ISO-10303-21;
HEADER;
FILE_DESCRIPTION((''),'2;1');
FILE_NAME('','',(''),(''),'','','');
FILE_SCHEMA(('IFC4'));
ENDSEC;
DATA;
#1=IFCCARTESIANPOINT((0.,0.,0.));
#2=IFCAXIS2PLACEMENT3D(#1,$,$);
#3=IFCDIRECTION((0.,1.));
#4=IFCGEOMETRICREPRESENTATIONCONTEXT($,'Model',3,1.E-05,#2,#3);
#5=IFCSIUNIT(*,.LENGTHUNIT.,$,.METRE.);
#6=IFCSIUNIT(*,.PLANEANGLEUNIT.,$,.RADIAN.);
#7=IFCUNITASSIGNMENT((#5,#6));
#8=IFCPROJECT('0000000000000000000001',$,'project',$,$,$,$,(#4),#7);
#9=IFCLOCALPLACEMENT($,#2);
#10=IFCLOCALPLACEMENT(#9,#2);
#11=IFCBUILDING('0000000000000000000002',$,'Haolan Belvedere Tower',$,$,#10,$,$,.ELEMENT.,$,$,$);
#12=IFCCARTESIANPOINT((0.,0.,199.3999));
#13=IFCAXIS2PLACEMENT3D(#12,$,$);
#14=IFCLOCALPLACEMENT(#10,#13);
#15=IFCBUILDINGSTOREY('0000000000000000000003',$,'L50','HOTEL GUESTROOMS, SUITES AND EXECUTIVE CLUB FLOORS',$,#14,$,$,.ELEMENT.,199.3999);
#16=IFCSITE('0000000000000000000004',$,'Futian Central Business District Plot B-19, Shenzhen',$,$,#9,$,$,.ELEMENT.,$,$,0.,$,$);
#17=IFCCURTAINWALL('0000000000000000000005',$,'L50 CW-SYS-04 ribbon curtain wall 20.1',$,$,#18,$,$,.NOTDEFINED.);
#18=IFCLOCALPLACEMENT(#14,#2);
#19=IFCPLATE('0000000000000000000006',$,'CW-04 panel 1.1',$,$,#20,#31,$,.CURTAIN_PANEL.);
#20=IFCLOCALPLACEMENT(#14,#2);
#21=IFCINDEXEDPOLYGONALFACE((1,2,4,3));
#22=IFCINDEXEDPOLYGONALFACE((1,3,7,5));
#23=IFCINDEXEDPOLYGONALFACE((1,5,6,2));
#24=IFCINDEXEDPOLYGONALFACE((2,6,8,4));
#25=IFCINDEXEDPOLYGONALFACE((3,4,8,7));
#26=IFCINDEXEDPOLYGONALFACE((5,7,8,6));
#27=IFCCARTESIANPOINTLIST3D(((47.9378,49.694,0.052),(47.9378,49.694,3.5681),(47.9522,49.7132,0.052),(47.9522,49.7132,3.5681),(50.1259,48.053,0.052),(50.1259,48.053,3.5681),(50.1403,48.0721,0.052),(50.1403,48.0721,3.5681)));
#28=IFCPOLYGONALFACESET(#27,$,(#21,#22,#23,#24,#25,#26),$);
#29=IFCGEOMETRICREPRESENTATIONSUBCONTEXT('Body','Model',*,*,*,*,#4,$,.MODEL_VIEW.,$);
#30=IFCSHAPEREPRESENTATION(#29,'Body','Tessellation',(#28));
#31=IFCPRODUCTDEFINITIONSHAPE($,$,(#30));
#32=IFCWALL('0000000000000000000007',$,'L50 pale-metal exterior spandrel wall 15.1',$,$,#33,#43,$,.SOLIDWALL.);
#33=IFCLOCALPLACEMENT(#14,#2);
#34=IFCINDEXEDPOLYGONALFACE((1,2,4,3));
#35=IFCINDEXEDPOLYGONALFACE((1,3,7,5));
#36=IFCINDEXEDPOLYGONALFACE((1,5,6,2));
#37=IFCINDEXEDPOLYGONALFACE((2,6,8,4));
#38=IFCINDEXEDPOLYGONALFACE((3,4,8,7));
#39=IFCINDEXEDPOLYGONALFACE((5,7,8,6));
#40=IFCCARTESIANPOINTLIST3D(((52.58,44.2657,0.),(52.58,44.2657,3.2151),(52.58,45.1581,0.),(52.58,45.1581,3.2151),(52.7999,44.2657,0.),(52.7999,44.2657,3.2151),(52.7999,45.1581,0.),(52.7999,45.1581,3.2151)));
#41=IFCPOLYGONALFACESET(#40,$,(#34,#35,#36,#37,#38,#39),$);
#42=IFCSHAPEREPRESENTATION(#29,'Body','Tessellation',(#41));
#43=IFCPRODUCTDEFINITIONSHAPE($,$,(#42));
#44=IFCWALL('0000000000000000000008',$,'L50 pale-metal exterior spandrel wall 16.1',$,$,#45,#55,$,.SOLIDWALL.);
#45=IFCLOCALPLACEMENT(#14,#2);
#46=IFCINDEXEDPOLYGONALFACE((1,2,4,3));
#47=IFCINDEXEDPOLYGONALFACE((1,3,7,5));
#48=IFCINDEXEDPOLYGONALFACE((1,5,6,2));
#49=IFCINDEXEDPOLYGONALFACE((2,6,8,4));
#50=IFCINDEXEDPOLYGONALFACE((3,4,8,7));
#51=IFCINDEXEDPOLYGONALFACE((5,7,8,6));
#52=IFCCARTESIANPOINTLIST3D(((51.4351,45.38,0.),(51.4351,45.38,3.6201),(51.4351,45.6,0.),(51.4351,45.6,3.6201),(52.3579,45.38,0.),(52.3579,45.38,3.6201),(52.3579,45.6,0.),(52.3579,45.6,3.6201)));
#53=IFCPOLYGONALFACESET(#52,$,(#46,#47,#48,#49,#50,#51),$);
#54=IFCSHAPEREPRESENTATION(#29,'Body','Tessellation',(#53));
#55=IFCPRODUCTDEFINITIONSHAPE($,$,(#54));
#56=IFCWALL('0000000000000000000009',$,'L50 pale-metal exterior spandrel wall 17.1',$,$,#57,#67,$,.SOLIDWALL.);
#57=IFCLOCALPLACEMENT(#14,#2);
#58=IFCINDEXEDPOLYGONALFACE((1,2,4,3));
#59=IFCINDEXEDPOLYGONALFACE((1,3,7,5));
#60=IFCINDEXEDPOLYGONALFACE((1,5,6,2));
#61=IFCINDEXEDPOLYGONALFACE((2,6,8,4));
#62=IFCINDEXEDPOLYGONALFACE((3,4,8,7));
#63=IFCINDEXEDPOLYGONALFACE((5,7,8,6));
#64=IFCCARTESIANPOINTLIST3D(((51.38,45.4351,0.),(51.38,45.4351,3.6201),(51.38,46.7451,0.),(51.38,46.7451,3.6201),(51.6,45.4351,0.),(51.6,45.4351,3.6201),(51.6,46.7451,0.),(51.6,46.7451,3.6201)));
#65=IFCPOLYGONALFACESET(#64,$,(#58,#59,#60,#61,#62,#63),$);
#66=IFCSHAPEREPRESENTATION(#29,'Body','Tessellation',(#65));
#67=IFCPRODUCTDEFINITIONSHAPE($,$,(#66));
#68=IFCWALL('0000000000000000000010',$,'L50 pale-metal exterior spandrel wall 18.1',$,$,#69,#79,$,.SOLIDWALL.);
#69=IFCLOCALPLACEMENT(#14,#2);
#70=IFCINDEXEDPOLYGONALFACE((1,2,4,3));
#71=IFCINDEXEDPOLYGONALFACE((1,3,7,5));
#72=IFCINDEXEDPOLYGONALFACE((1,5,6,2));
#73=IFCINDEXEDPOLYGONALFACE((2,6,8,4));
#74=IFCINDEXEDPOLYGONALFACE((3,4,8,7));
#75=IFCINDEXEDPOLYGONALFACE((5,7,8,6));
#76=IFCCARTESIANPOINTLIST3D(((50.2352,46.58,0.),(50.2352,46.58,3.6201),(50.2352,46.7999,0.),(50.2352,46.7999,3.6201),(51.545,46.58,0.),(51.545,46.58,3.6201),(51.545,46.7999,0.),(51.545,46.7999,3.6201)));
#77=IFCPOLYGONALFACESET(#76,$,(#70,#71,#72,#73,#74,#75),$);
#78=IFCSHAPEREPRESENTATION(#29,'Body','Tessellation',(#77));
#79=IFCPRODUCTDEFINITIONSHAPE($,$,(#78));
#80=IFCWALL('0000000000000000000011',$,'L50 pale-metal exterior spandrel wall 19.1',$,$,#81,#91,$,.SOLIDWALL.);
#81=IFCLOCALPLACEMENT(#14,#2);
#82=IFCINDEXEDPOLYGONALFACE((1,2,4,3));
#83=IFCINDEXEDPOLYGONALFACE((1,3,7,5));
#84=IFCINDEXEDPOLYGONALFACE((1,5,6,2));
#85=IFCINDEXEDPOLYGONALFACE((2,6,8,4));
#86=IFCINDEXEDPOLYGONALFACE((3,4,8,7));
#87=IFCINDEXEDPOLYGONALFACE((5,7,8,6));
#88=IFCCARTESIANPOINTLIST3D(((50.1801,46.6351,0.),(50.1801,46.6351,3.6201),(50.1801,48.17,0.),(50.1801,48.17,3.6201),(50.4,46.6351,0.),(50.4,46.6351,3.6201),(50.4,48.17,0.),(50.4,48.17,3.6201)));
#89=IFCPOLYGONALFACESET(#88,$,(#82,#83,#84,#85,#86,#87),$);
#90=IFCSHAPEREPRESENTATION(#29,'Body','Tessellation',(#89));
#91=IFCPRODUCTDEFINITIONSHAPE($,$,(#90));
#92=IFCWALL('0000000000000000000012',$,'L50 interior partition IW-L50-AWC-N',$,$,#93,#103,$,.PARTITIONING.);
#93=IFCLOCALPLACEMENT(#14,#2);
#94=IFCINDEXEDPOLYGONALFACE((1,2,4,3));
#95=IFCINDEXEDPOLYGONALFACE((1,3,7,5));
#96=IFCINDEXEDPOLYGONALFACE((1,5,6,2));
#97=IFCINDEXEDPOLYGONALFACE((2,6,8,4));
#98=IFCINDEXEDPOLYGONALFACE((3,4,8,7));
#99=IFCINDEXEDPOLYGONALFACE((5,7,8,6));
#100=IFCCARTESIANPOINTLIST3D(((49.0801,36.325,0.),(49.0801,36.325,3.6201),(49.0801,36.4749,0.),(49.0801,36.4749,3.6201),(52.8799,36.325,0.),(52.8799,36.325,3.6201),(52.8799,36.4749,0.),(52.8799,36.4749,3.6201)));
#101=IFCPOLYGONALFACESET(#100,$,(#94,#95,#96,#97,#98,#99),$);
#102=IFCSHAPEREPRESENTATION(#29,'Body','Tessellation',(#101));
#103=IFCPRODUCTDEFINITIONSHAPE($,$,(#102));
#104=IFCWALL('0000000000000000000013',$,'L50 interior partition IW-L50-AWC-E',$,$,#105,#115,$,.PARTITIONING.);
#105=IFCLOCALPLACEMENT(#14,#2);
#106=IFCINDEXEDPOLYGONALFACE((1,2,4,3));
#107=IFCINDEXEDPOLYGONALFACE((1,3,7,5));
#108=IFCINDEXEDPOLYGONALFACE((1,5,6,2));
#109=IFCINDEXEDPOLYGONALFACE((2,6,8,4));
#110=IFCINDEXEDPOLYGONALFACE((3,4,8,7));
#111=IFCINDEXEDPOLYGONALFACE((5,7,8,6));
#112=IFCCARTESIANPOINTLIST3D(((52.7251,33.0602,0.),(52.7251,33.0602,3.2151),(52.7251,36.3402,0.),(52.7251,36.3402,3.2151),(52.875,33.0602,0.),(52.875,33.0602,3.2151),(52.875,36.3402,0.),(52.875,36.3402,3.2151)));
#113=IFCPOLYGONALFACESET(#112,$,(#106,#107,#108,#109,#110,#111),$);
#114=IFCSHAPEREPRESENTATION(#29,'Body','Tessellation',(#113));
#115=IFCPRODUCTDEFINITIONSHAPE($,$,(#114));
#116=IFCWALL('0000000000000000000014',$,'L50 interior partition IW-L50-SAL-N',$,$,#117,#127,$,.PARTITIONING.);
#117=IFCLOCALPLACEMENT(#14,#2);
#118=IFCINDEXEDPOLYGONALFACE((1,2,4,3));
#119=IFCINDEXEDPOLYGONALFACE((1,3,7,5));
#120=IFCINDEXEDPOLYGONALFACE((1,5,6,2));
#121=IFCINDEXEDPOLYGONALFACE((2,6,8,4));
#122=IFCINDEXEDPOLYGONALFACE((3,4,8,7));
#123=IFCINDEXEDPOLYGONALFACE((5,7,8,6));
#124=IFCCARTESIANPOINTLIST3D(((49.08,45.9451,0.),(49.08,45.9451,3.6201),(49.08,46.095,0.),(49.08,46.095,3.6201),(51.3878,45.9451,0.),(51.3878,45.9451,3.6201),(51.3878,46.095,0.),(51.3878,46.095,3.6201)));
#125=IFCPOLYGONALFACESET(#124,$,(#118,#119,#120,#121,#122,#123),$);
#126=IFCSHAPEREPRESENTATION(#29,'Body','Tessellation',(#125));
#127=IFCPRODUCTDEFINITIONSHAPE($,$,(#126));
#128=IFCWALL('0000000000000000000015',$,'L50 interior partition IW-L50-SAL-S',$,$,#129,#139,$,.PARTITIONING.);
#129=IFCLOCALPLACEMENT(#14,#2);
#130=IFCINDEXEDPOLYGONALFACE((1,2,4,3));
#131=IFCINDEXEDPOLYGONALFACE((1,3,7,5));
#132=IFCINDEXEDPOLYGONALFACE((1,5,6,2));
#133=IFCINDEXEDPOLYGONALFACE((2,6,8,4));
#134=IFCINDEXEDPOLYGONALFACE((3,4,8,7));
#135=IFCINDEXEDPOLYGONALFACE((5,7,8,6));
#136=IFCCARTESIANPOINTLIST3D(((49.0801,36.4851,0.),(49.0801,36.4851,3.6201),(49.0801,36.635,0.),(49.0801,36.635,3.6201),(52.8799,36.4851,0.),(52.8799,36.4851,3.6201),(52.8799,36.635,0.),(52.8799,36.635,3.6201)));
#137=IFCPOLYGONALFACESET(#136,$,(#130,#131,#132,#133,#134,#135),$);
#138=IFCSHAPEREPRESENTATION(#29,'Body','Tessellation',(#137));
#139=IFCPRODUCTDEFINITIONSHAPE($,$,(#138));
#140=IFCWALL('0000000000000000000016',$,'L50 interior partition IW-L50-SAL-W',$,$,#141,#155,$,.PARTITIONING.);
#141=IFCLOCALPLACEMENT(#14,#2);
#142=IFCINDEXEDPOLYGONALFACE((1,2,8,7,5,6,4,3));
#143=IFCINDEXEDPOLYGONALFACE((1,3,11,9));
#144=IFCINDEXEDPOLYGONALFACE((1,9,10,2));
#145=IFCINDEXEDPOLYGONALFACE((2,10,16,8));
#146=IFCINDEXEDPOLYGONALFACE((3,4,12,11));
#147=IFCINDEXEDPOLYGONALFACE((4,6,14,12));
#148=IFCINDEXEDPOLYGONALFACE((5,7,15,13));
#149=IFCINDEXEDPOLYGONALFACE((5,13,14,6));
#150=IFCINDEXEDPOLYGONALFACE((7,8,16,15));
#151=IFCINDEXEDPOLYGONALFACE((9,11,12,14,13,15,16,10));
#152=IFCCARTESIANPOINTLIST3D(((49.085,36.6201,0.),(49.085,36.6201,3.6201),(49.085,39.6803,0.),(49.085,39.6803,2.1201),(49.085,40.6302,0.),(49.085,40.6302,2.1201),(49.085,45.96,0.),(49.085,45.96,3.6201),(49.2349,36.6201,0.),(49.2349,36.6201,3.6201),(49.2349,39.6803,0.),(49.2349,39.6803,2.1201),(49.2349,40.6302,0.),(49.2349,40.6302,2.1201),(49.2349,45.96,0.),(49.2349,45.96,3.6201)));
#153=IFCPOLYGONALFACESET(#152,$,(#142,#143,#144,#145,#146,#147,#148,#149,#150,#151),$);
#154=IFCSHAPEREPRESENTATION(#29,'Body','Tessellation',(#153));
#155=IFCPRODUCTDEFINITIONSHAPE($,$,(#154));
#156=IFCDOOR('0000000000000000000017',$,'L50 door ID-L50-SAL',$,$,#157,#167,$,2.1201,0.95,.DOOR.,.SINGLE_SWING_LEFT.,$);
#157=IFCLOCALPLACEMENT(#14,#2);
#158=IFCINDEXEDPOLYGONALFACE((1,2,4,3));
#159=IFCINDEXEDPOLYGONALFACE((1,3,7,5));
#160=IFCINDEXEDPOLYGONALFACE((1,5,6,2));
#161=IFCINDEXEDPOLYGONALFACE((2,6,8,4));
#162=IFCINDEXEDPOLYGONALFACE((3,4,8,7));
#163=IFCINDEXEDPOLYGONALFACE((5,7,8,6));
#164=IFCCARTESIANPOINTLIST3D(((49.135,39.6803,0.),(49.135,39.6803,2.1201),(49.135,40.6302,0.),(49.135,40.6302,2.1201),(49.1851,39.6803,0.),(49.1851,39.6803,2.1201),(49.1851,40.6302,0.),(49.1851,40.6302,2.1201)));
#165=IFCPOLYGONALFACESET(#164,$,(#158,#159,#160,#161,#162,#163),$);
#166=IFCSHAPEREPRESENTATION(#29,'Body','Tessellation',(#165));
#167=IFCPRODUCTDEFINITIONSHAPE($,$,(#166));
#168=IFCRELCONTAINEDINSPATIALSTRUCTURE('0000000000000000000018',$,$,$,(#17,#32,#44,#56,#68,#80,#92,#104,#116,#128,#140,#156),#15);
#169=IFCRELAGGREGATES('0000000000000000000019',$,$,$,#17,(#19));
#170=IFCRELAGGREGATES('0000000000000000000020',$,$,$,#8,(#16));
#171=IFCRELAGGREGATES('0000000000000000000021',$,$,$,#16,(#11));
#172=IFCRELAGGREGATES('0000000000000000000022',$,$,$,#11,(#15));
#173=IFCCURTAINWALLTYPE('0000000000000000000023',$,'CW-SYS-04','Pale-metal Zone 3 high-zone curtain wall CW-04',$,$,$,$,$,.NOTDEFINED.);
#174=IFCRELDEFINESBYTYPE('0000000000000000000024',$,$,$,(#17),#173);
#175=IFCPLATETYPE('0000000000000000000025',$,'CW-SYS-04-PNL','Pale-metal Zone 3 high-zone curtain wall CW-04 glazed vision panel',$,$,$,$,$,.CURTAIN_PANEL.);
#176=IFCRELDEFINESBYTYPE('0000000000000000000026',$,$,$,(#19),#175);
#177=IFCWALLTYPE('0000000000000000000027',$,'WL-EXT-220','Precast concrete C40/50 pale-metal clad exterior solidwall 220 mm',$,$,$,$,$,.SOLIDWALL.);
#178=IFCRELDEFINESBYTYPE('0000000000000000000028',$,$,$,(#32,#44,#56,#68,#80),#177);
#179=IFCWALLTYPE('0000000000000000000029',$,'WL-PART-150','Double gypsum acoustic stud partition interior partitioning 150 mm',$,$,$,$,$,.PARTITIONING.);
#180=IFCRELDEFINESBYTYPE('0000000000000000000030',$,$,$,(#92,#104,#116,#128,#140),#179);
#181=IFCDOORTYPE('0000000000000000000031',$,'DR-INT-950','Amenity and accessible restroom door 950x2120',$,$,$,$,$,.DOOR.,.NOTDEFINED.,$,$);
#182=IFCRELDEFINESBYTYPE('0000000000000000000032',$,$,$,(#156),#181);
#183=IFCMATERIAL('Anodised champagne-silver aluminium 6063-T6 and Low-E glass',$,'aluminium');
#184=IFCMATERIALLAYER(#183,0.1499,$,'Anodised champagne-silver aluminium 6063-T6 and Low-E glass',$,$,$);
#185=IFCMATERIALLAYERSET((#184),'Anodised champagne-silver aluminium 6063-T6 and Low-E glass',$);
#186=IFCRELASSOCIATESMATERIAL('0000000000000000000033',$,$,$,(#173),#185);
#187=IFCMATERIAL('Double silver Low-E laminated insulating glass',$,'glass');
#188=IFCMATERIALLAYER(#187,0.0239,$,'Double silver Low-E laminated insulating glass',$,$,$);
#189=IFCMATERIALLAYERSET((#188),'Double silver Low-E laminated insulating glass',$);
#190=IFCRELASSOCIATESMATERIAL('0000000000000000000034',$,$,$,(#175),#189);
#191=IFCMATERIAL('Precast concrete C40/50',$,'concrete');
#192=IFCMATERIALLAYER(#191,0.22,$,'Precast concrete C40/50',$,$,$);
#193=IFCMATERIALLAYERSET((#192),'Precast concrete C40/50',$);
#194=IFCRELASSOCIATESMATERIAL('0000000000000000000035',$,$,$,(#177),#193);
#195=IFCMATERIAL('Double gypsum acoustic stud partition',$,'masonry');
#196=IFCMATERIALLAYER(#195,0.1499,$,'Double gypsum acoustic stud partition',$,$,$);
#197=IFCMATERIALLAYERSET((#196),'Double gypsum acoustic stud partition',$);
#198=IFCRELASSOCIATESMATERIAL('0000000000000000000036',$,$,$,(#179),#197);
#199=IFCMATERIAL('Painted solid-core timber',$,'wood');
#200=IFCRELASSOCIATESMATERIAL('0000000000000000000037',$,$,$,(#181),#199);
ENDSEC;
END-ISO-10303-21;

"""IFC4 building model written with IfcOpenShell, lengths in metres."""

from ifc_helpers import new_model, si_unit, direction, frame, frame_2d, origin, origin_2d, place, context, subcontext, project, spatial, rectangle, extrude, material, layer, layer_set, type_object, element, fill, aggregate, save


model = new_model("IFC4")

# Units and contexts
model_context = context("Model", 3, precision=1e-05, world=origin(), true_north=direction((0.0, 1.0)))
body_context = subcontext(model_context, "Body", "Model", "MODEL_VIEW")
ifc_project = project(units=[si_unit("LENGTHUNIT", "METRE"), si_unit("PLANEANGLEUNIT", "RADIAN")], contexts=[model_context])

# Site, building, storey
site_placement = place(None, origin())
site = spatial("IfcSite", under=ifc_project, at=site_placement, Name="Futian Central Business District Plot B-19, Shenzhen", CompositionType="ELEMENT", RefElevation=0.0)
building_placement = place(site_placement, origin())
building = spatial("IfcBuilding", under=site, at=building_placement, Name="Haolan Belvedere Tower", CompositionType="ELEMENT")
storey_placement = place(building_placement, frame((0.0, 0.0, 199.3999)))
storey = spatial("IfcBuildingStorey", under=building, at=storey_placement, Name="L50", Description="HOTEL GUESTROOMS, SUITES AND EXECUTIVE CLUB FLOORS", CompositionType="ELEMENT", Elevation=199.3999)

# Curtain wall, plate
ifc_material_1 = material(Name="Anodised champagne-silver aluminium 6063-T6 and Low-E glass", Category="aluminium")
ifc_layer_1 = layer(ifc_material_1, 0.1499, Name="Anodised champagne-silver aluminium 6063-T6 and Low-E glass")
ifc_layer_set_1 = layer_set([ifc_layer_1], Name="Anodised champagne-silver aluminium 6063-T6 and Low-E glass")
curtain_wall_type = type_object("IfcCurtainWallType", Name="CW-SYS-04", Description="Pale-metal Zone 3 high-zone curtain wall CW-04", PredefinedType="NOTDEFINED", material=ifc_layer_set_1)
curtain_wall_placement = place(storey_placement, origin())
curtain_wall = element("IfcCurtainWall", 1, at=curtain_wall_placement, inside=storey, type_object=curtain_wall_type, Name="L50 CW-SYS-04 ribbon curtain wall 20.1", PredefinedType="NOTDEFINED")
ifc_material_2 = material(Name="Double silver Low-E laminated insulating glass", Category="glass")
ifc_layer_2 = layer(ifc_material_2, 0.0239, Name="Double silver Low-E laminated insulating glass")
ifc_layer_set_2 = layer_set([ifc_layer_2], Name="Double silver Low-E laminated insulating glass")
plate_type = type_object("IfcPlateType", Name="CW-SYS-04-PNL", Description="Pale-metal Zone 3 high-zone curtain wall CW-04 glazed vision panel", PredefinedType="CURTAIN_PANEL", material=ifc_layer_set_2)
plate_placement = place(storey_placement, frame((49.0391, 48.8831, 0.052), z_axis=(0.0, 0.0, 1.0), x_axis=(-0.799998, 0.600003, 0.0)))
plate = element("IfcPlate", 2, at=plate_placement, type_object=plate_type, Name="CW-04 panel 1.1", PredefinedType="CURTAIN_PANEL", context=body_context, shape_type="SweptSolid", body=[
    extrude(rectangle(XDim=2.7351, YDim=0.0239, at=origin_2d()), origin(), (0.0, 0.0, 1.0), 3.5161),
])
aggregate(curtain_wall, [plate])

# Walls
ifc_material_3 = material(Name="Precast concrete C40/50", Category="concrete")
ifc_layer_3 = layer(ifc_material_3, 0.22, Name="Precast concrete C40/50")
ifc_layer_set_3 = layer_set([ifc_layer_3], Name="Precast concrete C40/50")
wall_type_1 = type_object("IfcWallType", Name="WL-EXT-220", Description="Precast concrete C40/50 pale-metal clad exterior solidwall 220 mm", PredefinedType="SOLIDWALL", material=ifc_layer_set_3)
wall_1_placement = place(storey_placement, frame((52.6899, 44.2656, 0.0), z_axis=(0.0, 0.0, 1.0), x_axis=(0.0, 1.0, 0.0)))
element("IfcWall", 3, at=wall_1_placement, inside=storey, type_object=wall_type_1, Name="L50 pale-metal exterior spandrel wall 15.1", PredefinedType="SOLIDWALL", context=body_context, shape_type="SweptSolid", body=[
    extrude(rectangle(XDim=0.8923, YDim=0.22, at=frame_2d((0.4463, 0.0))), origin(), (0.0, 0.0, 1.0), 3.2151),
])
wall_2_placement = place(storey_placement, frame((52.3579, 45.49, 0.0), z_axis=(0.0, 0.0, 1.0), x_axis=(-1.0, 0.0, 0.0)))
element("IfcWall", 4, at=wall_2_placement, inside=storey, type_object=wall_type_1, Name="L50 pale-metal exterior spandrel wall 16.1", PredefinedType="SOLIDWALL", context=body_context, shape_type="SweptSolid", body=[
    extrude(rectangle(XDim=0.9229, YDim=0.22, at=frame_2d((0.4614, 0.0))), origin(), (0.0, 0.0, 1.0), 3.6201),
])
wall_3_placement = place(storey_placement, frame((51.49, 45.4351, 0.0), z_axis=(0.0, 0.0, 1.0), x_axis=(0.0, 1.0, 0.0)))
element("IfcWall", 5, at=wall_3_placement, inside=storey, type_object=wall_type_1, Name="L50 pale-metal exterior spandrel wall 17.1", PredefinedType="SOLIDWALL", context=body_context, shape_type="SweptSolid", body=[
    extrude(rectangle(XDim=1.3101, YDim=0.22, at=frame_2d((0.655, 0.0))), origin(), (0.0, 0.0, 1.0), 3.6201),
])
wall_4_placement = place(storey_placement, frame((51.5449, 46.6899, 0.0), z_axis=(0.0, 0.0, 1.0), x_axis=(-1.0, 0.0, 0.0)))
element("IfcWall", 6, at=wall_4_placement, inside=storey, type_object=wall_type_1, Name="L50 pale-metal exterior spandrel wall 18.1", PredefinedType="SOLIDWALL", context=body_context, shape_type="SweptSolid", body=[
    extrude(rectangle(XDim=1.3098, YDim=0.22, at=frame_2d((0.6548, 0.0))), origin(), (0.0, 0.0, 1.0), 3.6201),
])
wall_5_placement = place(storey_placement, frame((50.29, 46.635, 0.0), z_axis=(0.0, 0.0, 1.0), x_axis=(0.0, 1.0, 0.0)))
element("IfcWall", 7, at=wall_5_placement, inside=storey, type_object=wall_type_1, Name="L50 pale-metal exterior spandrel wall 19.1", PredefinedType="SOLIDWALL", context=body_context, shape_type="SweptSolid", body=[
    extrude(rectangle(XDim=1.5349, YDim=0.22, at=frame_2d((0.7676, 0.0))), origin(), (0.0, 0.0, 1.0), 3.6201),
])
ifc_material_4 = material(Name="Double gypsum acoustic stud partition", Category="masonry")
ifc_layer_4 = layer(ifc_material_4, 0.1499, Name="Double gypsum acoustic stud partition")
ifc_layer_set_4 = layer_set([ifc_layer_4], Name="Double gypsum acoustic stud partition")
wall_type_2 = type_object("IfcWallType", Name="WL-PART-150", Description="Double gypsum acoustic stud partition interior partitioning 150 mm", PredefinedType="PARTITIONING", material=ifc_layer_set_4)
wall_6_placement = place(storey_placement, frame((49.0801, 36.3999, 0.0), z_axis=(0.0, 0.0, 1.0), x_axis=(1.0, 0.0, 0.0)))
element("IfcWall", 8, at=wall_6_placement, inside=storey, type_object=wall_type_2, Name="L50 interior partition IW-L50-AWC-N", PredefinedType="PARTITIONING", context=body_context, shape_type="SweptSolid", body=[
    extrude(rectangle(XDim=3.7998, YDim=0.1499, at=frame_2d((1.8999, 0.0))), origin(), (0.0, 0.0, 1.0), 3.6201),
])
wall_7_placement = place(storey_placement, frame((52.8, 33.0601, 0.0), z_axis=(0.0, 0.0, 1.0), x_axis=(0.0, 1.0, 0.0)))
element("IfcWall", 9, at=wall_7_placement, inside=storey, type_object=wall_type_2, Name="L50 interior partition IW-L50-AWC-E", PredefinedType="PARTITIONING", context=body_context, shape_type="SweptSolid", body=[
    extrude(rectangle(XDim=3.28, YDim=0.1499, at=frame_2d((1.6401, 0.0))), origin(), (0.0, 0.0, 1.0), 3.2151),
])
wall_8_placement = place(storey_placement, frame((49.0801, 46.02, 0.0), z_axis=(0.0, 0.0, 1.0), x_axis=(1.0, 0.0, 0.0)))
element("IfcWall", 10, at=wall_8_placement, inside=storey, type_object=wall_type_2, Name="L50 interior partition IW-L50-SAL-N", PredefinedType="PARTITIONING", context=body_context, shape_type="SweptSolid", body=[
    extrude(rectangle(XDim=2.3079, YDim=0.1499, at=frame_2d((1.1538, 0.0))), origin(), (0.0, 0.0, 1.0), 3.6201),
])
wall_9_placement = place(storey_placement, frame((49.0801, 36.5601, 0.0), z_axis=(0.0, 0.0, 1.0), x_axis=(1.0, 0.0, 0.0)))
element("IfcWall", 11, at=wall_9_placement, inside=storey, type_object=wall_type_2, Name="L50 interior partition IW-L50-SAL-S", PredefinedType="PARTITIONING", context=body_context, shape_type="SweptSolid", body=[
    extrude(rectangle(XDim=3.7998, YDim=0.1499, at=frame_2d((1.8999, 0.0))), origin(), (0.0, 0.0, 1.0), 3.6201),
])

# Wall, opening, door
wall_10_placement = place(storey_placement, frame((49.1599, 36.6201, 0.0), z_axis=(0.0, 0.0, 1.0), x_axis=(0.0, 1.0, 0.0)))
wall_10 = element("IfcWall", 12, at=wall_10_placement, inside=storey, type_object=wall_type_2, Name="L50 interior partition IW-L50-SAL-W", PredefinedType="PARTITIONING", context=body_context, shape_type="SweptSolid", body=[
    extrude(rectangle(XDim=9.3398, YDim=0.1499, at=frame_2d((4.6699, 0.0))), origin(), (0.0, 0.0, 1.0), 3.6201),
])
opening_placement = place(wall_10_placement, frame((3.0601, 0.0, 0.0)))
opening = element("IfcOpeningElement", 13, at=opening_placement, cuts=wall_10, PredefinedType="OPENING", context=body_context, shape_type="SweptSolid", body=[
    extrude(rectangle(XDim=0.95, YDim=2.1201, at=frame_2d((0.4751, 1.0601))), frame((0.0, 0.085, 0.0), z_axis=(0.0, -1.0, 0.0), x_axis=(1.0, 0.0, 0.0)), (0.0, 0.0, 1.0), 0.1699),
])
ifc_material_5 = material(Name="Painted solid-core timber", Category="wood")
door_type = type_object("IfcDoorType", Name="DR-INT-950", Description="Amenity and accessible restroom door 950x2120", OperationType="NOTDEFINED", PredefinedType="DOOR", material=ifc_material_5)
door_placement = place(opening_placement, origin())
door = element("IfcDoor", 14, at=door_placement, inside=storey, type_object=door_type, Name="L50 door ID-L50-SAL", OperationType="SINGLE_SWING_LEFT", OverallHeight=2.1201, OverallWidth=0.95, PredefinedType="DOOR", context=body_context, shape_type="SweptSolid", body=[
    extrude(rectangle(XDim=0.95, YDim=2.1201, at=frame_2d((0.4751, 1.0601))), frame((0.0, 0.0249, 0.0), z_axis=(0.0, -1.0, 0.0), x_axis=(1.0, 0.0, 0.0)), (0.0, 0.0, 1.0), 0.05),
])
fill(opening, door)

save(model, "model.ifc")
